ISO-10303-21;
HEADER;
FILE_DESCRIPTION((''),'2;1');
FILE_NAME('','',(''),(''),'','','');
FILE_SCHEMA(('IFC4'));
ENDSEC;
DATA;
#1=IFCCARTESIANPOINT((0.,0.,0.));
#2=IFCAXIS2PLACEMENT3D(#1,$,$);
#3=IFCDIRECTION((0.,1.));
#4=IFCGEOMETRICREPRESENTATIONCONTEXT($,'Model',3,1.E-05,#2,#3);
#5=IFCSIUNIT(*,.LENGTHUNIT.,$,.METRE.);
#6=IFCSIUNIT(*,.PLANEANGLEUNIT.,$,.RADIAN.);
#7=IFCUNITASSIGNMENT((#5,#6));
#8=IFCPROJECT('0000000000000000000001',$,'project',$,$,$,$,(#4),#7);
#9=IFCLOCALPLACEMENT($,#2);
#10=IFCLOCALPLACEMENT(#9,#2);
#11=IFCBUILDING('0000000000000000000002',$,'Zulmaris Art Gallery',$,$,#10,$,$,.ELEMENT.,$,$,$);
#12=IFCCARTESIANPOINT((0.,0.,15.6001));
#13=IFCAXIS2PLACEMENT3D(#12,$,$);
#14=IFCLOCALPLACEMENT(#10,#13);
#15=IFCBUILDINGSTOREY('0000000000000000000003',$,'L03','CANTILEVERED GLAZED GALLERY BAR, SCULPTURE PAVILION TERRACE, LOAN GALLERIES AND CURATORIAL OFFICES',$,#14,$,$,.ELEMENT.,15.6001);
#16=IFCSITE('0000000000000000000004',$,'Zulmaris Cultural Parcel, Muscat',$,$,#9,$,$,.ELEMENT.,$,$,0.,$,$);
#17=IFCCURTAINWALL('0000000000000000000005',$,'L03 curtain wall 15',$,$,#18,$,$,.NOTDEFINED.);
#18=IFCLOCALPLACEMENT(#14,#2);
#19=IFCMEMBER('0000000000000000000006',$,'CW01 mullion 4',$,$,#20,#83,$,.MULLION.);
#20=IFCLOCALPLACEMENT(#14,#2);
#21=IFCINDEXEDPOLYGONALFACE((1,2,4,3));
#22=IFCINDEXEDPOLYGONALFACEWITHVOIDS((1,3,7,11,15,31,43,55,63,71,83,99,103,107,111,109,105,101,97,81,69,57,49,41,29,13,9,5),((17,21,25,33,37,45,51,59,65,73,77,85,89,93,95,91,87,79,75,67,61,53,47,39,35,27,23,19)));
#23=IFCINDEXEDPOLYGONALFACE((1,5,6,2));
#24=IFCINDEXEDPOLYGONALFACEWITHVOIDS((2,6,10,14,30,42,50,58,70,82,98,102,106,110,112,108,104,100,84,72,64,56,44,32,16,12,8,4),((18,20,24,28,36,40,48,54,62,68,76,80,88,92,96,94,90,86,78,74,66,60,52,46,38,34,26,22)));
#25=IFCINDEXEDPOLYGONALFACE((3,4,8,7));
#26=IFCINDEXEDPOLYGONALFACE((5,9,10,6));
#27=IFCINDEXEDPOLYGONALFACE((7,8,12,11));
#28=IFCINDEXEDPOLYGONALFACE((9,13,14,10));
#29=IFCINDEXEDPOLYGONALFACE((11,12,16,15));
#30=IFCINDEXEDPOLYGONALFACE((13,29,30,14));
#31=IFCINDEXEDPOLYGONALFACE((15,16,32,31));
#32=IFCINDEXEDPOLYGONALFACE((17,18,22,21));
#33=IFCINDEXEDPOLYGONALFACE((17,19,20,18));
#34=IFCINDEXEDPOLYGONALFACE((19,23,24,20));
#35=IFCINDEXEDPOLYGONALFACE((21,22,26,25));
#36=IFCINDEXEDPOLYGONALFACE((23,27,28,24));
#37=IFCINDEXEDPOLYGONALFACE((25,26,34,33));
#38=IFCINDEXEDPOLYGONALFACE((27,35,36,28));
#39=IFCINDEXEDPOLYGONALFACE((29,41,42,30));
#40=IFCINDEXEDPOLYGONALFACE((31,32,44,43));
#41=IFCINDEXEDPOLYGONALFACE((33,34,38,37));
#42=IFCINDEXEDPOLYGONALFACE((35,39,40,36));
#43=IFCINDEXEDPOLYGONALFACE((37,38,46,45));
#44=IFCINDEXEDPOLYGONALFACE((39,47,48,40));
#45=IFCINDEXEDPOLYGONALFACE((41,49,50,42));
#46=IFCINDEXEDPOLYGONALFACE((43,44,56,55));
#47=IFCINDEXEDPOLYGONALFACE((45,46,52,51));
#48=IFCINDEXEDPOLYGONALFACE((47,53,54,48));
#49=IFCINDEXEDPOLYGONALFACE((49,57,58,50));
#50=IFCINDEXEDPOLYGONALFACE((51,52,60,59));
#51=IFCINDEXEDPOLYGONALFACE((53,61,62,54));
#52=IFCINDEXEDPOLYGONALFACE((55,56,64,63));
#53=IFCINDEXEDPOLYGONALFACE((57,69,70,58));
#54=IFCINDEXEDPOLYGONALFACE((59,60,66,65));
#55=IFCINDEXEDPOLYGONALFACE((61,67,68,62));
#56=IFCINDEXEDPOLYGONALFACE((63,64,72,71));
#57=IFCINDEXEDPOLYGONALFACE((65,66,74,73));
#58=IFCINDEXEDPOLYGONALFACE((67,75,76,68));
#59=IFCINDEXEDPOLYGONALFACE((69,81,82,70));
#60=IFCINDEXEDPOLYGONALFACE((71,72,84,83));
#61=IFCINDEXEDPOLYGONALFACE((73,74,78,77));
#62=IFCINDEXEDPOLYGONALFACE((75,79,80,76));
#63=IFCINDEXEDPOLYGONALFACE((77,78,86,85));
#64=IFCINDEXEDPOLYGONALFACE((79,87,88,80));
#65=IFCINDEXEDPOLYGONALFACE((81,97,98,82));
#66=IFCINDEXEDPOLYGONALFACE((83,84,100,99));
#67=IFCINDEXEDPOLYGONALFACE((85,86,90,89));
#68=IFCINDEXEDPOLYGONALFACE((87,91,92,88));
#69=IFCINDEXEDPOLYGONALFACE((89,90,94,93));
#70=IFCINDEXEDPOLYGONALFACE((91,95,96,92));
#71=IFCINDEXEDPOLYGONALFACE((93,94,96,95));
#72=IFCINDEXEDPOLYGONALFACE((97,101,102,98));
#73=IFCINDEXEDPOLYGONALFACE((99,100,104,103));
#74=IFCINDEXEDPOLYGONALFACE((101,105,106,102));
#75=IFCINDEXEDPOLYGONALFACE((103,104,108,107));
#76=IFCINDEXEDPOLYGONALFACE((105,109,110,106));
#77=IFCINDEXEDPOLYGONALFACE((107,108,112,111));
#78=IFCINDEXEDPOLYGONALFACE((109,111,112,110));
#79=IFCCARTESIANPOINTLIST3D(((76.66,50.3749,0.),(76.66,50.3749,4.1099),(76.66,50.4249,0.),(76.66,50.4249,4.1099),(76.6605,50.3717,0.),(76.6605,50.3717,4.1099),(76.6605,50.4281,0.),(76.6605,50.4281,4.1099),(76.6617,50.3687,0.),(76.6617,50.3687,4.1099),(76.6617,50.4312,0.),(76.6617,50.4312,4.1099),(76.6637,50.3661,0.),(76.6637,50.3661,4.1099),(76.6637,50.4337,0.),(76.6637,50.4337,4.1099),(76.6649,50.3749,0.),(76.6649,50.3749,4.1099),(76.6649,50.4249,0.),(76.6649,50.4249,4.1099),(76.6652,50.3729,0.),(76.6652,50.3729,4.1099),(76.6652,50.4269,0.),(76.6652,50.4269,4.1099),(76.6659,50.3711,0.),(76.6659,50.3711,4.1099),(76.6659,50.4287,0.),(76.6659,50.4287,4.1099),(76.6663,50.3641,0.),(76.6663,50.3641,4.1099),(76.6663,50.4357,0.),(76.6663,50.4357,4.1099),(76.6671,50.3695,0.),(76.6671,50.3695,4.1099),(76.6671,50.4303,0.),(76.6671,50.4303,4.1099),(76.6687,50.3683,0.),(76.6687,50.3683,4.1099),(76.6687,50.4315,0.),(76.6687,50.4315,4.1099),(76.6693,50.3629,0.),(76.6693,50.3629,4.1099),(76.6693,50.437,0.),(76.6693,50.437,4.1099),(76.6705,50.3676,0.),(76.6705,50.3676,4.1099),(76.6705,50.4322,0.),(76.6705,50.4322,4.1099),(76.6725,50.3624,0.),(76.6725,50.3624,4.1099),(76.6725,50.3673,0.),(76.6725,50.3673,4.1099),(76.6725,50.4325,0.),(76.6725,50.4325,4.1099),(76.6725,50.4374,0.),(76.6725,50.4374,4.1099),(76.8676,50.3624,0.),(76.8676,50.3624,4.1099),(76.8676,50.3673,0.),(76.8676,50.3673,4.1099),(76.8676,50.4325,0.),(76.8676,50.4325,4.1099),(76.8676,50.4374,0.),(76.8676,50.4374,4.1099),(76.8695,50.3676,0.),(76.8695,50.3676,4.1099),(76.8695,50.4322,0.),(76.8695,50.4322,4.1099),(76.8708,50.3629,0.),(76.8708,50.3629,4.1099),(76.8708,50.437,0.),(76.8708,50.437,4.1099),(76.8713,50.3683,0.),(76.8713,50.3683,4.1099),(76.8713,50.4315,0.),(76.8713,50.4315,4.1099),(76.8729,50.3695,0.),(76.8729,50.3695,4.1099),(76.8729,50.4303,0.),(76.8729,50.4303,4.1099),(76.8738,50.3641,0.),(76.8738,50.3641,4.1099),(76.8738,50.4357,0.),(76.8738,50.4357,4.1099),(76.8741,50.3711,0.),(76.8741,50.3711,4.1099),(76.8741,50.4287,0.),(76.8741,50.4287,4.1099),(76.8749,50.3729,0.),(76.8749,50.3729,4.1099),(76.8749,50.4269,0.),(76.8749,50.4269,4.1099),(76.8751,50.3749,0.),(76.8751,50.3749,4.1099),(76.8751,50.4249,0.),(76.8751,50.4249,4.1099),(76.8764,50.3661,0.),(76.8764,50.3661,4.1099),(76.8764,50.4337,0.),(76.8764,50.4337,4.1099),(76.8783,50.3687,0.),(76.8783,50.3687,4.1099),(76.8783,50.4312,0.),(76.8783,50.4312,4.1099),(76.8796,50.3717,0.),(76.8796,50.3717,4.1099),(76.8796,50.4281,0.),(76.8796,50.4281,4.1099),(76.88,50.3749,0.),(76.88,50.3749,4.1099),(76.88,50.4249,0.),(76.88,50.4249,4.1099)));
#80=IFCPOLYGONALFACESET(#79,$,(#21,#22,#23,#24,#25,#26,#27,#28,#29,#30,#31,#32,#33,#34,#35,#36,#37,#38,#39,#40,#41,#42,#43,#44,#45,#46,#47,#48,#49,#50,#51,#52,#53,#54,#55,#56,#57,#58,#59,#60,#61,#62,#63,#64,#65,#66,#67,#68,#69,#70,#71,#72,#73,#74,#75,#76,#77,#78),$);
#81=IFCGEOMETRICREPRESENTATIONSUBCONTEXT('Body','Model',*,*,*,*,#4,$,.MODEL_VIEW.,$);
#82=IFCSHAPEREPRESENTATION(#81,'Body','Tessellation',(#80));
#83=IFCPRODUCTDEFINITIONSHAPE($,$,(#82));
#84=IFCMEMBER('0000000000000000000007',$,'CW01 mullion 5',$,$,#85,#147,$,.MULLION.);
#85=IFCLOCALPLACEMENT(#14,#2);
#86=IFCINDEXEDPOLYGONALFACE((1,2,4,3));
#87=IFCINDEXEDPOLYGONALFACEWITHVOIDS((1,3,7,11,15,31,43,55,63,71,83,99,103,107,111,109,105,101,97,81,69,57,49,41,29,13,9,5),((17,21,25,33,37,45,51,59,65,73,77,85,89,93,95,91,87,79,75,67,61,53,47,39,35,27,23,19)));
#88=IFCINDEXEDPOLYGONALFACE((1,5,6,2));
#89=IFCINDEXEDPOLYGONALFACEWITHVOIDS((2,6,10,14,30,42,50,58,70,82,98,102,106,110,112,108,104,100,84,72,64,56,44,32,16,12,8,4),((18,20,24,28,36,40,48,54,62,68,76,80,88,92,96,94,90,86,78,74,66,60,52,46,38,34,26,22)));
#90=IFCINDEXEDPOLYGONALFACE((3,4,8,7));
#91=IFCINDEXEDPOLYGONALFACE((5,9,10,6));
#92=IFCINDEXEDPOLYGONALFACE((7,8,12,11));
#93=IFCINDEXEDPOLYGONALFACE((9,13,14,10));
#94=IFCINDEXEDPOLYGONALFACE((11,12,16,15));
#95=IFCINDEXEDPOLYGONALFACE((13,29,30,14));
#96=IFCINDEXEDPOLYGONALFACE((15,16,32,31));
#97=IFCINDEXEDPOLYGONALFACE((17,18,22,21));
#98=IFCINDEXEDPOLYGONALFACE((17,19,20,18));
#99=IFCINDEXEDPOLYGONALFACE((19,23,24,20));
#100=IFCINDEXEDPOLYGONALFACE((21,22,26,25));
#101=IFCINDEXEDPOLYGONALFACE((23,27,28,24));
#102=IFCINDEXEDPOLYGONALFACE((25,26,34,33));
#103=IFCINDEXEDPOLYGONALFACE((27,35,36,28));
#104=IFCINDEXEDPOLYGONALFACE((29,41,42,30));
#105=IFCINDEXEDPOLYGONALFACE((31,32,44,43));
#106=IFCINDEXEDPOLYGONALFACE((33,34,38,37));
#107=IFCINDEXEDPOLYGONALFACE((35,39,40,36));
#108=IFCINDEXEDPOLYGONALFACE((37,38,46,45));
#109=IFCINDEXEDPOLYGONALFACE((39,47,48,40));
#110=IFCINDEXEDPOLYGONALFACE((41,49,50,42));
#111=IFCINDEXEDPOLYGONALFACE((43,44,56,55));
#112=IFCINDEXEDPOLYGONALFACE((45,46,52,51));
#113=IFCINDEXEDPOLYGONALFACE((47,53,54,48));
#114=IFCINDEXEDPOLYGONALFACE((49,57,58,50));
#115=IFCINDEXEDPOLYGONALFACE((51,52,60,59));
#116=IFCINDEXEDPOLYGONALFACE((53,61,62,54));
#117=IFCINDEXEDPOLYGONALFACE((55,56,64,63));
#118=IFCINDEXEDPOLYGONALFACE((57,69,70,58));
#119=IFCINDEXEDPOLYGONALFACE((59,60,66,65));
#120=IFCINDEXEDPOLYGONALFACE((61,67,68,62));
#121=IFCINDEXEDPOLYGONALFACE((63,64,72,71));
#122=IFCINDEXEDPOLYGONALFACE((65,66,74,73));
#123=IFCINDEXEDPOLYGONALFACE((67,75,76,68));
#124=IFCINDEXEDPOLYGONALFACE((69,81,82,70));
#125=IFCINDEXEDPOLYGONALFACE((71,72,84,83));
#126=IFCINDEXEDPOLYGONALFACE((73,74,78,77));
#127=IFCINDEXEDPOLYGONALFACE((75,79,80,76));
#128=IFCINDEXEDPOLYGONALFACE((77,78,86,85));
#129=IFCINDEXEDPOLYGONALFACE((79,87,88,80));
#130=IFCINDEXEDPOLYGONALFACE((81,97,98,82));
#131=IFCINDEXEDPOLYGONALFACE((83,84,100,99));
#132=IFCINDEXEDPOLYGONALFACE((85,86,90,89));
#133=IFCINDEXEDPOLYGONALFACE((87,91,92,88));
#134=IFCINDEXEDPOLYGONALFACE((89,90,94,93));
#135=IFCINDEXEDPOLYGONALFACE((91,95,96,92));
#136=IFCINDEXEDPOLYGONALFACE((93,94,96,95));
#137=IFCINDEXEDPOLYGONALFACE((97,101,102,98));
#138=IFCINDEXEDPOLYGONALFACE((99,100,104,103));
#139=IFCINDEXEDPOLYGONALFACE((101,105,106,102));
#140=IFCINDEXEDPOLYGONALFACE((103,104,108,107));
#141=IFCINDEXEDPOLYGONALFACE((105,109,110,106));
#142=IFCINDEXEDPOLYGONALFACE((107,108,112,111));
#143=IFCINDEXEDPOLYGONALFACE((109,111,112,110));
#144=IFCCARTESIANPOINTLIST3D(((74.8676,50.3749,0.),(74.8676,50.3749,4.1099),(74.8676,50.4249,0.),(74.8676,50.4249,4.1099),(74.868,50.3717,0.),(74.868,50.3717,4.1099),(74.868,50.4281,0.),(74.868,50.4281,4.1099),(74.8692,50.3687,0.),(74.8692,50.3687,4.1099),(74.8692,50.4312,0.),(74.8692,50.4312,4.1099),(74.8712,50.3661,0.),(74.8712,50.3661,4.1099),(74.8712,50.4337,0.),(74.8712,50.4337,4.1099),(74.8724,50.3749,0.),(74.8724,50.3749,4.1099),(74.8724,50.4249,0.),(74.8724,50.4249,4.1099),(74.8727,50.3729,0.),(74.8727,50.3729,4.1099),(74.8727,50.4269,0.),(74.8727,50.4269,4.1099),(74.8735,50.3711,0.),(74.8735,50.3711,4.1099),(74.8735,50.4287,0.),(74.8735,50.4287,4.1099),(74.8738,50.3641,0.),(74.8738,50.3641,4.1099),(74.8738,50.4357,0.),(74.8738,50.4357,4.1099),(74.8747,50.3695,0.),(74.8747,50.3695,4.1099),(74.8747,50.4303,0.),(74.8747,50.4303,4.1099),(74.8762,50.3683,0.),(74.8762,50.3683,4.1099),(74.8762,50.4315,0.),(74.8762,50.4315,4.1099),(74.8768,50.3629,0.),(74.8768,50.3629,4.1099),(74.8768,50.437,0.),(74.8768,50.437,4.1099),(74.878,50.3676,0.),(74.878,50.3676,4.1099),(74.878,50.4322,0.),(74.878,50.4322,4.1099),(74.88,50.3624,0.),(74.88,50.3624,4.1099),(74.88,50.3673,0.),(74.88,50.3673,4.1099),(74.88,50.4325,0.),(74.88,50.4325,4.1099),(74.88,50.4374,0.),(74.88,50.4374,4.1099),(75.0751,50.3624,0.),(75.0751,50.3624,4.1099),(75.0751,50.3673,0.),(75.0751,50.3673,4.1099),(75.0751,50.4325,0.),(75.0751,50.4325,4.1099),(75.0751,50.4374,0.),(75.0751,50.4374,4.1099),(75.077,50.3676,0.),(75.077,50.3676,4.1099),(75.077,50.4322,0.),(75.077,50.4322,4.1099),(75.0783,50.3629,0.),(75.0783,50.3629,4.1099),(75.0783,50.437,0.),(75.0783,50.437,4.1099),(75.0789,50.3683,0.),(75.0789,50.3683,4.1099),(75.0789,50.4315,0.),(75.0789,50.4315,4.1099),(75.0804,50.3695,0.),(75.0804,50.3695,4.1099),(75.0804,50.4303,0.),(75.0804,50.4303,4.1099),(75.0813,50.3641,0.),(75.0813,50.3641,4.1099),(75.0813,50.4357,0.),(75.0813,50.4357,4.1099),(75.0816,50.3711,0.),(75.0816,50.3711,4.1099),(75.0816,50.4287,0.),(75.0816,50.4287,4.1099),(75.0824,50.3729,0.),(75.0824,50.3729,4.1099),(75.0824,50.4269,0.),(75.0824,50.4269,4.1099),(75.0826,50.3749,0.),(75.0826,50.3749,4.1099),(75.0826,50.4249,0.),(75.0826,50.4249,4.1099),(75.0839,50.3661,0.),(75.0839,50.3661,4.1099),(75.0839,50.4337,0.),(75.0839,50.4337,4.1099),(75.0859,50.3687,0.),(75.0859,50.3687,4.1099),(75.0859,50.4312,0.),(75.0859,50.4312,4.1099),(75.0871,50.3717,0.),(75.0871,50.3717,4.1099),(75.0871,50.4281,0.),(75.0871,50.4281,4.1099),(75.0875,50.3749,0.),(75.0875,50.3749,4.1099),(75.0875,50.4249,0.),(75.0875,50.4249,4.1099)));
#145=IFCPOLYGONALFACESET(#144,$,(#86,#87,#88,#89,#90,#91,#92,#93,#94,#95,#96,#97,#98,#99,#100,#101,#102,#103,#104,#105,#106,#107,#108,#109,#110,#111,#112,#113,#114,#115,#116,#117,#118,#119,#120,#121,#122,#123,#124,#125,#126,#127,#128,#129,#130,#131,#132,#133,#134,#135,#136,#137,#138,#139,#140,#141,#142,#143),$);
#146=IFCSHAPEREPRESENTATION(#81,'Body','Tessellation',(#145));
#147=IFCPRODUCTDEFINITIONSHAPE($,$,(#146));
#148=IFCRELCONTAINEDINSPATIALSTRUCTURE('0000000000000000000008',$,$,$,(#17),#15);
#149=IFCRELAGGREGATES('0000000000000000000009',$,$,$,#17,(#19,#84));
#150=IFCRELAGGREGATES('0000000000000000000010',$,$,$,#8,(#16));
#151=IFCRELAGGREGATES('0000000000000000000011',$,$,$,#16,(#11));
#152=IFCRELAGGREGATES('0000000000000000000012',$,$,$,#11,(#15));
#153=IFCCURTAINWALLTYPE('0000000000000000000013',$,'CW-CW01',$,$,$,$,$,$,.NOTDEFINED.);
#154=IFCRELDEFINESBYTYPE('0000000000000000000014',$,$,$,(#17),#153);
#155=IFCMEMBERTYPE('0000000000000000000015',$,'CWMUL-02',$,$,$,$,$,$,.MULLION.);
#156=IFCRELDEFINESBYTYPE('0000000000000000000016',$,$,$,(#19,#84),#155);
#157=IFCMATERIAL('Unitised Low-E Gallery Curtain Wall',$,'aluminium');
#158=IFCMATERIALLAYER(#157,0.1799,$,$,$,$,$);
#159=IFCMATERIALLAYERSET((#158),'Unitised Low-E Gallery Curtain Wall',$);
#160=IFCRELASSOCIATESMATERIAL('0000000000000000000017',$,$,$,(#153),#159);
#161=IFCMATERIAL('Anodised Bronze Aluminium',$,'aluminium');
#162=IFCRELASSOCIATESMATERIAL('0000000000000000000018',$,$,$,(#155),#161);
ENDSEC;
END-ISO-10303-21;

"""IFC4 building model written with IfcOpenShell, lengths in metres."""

from ifc_helpers import new_model, si_unit, direction, frame, origin, origin_2d, place, context, subcontext, project, spatial, hollow_rectangle, extrude, material, layer, layer_set, material_profile, profile_set, type_object, element, aggregate, save


model = new_model("IFC4")

# Units and contexts
model_context = context("Model", 3, precision=1e-05, world=origin(), true_north=direction((0.0, 1.0)))
body_context = subcontext(model_context, "Body", "Model", "MODEL_VIEW")
ifc_project = project(units=[si_unit("LENGTHUNIT", "METRE"), si_unit("PLANEANGLEUNIT", "RADIAN")], contexts=[model_context])

# Site, building, storey
site_placement = place(None, origin())
site = spatial("IfcSite", under=ifc_project, at=site_placement, Name="Zulmaris Cultural Parcel, Muscat", CompositionType="ELEMENT", RefElevation=0.0)
building_placement = place(site_placement, origin())
building = spatial("IfcBuilding", under=site, at=building_placement, Name="Zulmaris Art Gallery", CompositionType="ELEMENT")
storey_placement = place(building_placement, frame((0.0, 0.0, 15.6001)))
storey = spatial("IfcBuildingStorey", under=building, at=storey_placement, Name="L03", Description="CANTILEVERED GLAZED GALLERY BAR, SCULPTURE PAVILION TERRACE, LOAN GALLERIES AND CURATORIAL OFFICES", CompositionType="ELEMENT", Elevation=15.6001)

# Shared definitions
ifc_material_1 = material(Name="Unitised Low-E Gallery Curtain Wall", Category="aluminium")
ifc_layer_1 = layer(ifc_material_1, 0.1799)
ifc_layer_set_1 = layer_set([ifc_layer_1], Name="Unitised Low-E Gallery Curtain Wall")
curtain_wall_type = type_object("IfcCurtainWallType", Name="CW-CW01", PredefinedType="NOTDEFINED", material=ifc_layer_set_1)
ifc_material_2 = material(Name="Anodised Bronze Aluminium", Category="aluminium")
ifc_material_profile_1 = material_profile(ifc_material_2, hollow_rectangle(XDim=0.075, YDim=0.22, WallThickness=0.0049, InnerFilletRadius=0.0076, OuterFilletRadius=0.0125, at=origin_2d()), Name="ALU 75x220x5")
ifc_profile_set_1 = profile_set([ifc_material_profile_1], Name="Anodised Bronze Aluminium")
member_type_1 = type_object("IfcMemberType", Name="CWMUL-02", PredefinedType="MULLION", material=ifc_profile_set_1)

# Curtain wall, members
curtain_wall_1_placement = place(storey_placement, origin())
curtain_wall_1 = element("IfcCurtainWall", 1, at=curtain_wall_1_placement, inside=storey, type_object=curtain_wall_type, Name="L03 curtain wall 15", PredefinedType="NOTDEFINED")
member_1_placement = place(storey_placement, frame((76.77, 50.3999, 0.0), z_axis=(0.0, 0.0, 1.0), x_axis=(0.0, -1.0, 0.0)))
member_1 = element("IfcMember", 2, at=member_1_placement, type_object=member_type_1, Name="CW01 mullion 4", PredefinedType="MULLION", context=body_context, shape_type="SweptSolid", body=[
    extrude(hollow_rectangle(XDim=0.075, YDim=0.22, WallThickness=0.0049, InnerFilletRadius=0.0076, OuterFilletRadius=0.0125, at=origin_2d()), origin(), (0.0, 0.0, 1.0), 4.1099),
])
member_2_placement = place(storey_placement, frame((74.9775, 50.3999, 0.0), z_axis=(0.0, 0.0, 1.0), x_axis=(0.0, -1.0, 0.0)))
member_2 = element("IfcMember", 3, at=member_2_placement, type_object=member_type_1, Name="CW01 mullion 5", PredefinedType="MULLION", context=body_context, shape_type="SweptSolid", body=[
    extrude(hollow_rectangle(XDim=0.075, YDim=0.22, WallThickness=0.0049, InnerFilletRadius=0.0076, OuterFilletRadius=0.0125, at=origin_2d()), origin(), (0.0, 0.0, 1.0), 4.1099),
])

aggregate(curtain_wall_1, [member_1, member_2])

save(model, "model.ifc")
